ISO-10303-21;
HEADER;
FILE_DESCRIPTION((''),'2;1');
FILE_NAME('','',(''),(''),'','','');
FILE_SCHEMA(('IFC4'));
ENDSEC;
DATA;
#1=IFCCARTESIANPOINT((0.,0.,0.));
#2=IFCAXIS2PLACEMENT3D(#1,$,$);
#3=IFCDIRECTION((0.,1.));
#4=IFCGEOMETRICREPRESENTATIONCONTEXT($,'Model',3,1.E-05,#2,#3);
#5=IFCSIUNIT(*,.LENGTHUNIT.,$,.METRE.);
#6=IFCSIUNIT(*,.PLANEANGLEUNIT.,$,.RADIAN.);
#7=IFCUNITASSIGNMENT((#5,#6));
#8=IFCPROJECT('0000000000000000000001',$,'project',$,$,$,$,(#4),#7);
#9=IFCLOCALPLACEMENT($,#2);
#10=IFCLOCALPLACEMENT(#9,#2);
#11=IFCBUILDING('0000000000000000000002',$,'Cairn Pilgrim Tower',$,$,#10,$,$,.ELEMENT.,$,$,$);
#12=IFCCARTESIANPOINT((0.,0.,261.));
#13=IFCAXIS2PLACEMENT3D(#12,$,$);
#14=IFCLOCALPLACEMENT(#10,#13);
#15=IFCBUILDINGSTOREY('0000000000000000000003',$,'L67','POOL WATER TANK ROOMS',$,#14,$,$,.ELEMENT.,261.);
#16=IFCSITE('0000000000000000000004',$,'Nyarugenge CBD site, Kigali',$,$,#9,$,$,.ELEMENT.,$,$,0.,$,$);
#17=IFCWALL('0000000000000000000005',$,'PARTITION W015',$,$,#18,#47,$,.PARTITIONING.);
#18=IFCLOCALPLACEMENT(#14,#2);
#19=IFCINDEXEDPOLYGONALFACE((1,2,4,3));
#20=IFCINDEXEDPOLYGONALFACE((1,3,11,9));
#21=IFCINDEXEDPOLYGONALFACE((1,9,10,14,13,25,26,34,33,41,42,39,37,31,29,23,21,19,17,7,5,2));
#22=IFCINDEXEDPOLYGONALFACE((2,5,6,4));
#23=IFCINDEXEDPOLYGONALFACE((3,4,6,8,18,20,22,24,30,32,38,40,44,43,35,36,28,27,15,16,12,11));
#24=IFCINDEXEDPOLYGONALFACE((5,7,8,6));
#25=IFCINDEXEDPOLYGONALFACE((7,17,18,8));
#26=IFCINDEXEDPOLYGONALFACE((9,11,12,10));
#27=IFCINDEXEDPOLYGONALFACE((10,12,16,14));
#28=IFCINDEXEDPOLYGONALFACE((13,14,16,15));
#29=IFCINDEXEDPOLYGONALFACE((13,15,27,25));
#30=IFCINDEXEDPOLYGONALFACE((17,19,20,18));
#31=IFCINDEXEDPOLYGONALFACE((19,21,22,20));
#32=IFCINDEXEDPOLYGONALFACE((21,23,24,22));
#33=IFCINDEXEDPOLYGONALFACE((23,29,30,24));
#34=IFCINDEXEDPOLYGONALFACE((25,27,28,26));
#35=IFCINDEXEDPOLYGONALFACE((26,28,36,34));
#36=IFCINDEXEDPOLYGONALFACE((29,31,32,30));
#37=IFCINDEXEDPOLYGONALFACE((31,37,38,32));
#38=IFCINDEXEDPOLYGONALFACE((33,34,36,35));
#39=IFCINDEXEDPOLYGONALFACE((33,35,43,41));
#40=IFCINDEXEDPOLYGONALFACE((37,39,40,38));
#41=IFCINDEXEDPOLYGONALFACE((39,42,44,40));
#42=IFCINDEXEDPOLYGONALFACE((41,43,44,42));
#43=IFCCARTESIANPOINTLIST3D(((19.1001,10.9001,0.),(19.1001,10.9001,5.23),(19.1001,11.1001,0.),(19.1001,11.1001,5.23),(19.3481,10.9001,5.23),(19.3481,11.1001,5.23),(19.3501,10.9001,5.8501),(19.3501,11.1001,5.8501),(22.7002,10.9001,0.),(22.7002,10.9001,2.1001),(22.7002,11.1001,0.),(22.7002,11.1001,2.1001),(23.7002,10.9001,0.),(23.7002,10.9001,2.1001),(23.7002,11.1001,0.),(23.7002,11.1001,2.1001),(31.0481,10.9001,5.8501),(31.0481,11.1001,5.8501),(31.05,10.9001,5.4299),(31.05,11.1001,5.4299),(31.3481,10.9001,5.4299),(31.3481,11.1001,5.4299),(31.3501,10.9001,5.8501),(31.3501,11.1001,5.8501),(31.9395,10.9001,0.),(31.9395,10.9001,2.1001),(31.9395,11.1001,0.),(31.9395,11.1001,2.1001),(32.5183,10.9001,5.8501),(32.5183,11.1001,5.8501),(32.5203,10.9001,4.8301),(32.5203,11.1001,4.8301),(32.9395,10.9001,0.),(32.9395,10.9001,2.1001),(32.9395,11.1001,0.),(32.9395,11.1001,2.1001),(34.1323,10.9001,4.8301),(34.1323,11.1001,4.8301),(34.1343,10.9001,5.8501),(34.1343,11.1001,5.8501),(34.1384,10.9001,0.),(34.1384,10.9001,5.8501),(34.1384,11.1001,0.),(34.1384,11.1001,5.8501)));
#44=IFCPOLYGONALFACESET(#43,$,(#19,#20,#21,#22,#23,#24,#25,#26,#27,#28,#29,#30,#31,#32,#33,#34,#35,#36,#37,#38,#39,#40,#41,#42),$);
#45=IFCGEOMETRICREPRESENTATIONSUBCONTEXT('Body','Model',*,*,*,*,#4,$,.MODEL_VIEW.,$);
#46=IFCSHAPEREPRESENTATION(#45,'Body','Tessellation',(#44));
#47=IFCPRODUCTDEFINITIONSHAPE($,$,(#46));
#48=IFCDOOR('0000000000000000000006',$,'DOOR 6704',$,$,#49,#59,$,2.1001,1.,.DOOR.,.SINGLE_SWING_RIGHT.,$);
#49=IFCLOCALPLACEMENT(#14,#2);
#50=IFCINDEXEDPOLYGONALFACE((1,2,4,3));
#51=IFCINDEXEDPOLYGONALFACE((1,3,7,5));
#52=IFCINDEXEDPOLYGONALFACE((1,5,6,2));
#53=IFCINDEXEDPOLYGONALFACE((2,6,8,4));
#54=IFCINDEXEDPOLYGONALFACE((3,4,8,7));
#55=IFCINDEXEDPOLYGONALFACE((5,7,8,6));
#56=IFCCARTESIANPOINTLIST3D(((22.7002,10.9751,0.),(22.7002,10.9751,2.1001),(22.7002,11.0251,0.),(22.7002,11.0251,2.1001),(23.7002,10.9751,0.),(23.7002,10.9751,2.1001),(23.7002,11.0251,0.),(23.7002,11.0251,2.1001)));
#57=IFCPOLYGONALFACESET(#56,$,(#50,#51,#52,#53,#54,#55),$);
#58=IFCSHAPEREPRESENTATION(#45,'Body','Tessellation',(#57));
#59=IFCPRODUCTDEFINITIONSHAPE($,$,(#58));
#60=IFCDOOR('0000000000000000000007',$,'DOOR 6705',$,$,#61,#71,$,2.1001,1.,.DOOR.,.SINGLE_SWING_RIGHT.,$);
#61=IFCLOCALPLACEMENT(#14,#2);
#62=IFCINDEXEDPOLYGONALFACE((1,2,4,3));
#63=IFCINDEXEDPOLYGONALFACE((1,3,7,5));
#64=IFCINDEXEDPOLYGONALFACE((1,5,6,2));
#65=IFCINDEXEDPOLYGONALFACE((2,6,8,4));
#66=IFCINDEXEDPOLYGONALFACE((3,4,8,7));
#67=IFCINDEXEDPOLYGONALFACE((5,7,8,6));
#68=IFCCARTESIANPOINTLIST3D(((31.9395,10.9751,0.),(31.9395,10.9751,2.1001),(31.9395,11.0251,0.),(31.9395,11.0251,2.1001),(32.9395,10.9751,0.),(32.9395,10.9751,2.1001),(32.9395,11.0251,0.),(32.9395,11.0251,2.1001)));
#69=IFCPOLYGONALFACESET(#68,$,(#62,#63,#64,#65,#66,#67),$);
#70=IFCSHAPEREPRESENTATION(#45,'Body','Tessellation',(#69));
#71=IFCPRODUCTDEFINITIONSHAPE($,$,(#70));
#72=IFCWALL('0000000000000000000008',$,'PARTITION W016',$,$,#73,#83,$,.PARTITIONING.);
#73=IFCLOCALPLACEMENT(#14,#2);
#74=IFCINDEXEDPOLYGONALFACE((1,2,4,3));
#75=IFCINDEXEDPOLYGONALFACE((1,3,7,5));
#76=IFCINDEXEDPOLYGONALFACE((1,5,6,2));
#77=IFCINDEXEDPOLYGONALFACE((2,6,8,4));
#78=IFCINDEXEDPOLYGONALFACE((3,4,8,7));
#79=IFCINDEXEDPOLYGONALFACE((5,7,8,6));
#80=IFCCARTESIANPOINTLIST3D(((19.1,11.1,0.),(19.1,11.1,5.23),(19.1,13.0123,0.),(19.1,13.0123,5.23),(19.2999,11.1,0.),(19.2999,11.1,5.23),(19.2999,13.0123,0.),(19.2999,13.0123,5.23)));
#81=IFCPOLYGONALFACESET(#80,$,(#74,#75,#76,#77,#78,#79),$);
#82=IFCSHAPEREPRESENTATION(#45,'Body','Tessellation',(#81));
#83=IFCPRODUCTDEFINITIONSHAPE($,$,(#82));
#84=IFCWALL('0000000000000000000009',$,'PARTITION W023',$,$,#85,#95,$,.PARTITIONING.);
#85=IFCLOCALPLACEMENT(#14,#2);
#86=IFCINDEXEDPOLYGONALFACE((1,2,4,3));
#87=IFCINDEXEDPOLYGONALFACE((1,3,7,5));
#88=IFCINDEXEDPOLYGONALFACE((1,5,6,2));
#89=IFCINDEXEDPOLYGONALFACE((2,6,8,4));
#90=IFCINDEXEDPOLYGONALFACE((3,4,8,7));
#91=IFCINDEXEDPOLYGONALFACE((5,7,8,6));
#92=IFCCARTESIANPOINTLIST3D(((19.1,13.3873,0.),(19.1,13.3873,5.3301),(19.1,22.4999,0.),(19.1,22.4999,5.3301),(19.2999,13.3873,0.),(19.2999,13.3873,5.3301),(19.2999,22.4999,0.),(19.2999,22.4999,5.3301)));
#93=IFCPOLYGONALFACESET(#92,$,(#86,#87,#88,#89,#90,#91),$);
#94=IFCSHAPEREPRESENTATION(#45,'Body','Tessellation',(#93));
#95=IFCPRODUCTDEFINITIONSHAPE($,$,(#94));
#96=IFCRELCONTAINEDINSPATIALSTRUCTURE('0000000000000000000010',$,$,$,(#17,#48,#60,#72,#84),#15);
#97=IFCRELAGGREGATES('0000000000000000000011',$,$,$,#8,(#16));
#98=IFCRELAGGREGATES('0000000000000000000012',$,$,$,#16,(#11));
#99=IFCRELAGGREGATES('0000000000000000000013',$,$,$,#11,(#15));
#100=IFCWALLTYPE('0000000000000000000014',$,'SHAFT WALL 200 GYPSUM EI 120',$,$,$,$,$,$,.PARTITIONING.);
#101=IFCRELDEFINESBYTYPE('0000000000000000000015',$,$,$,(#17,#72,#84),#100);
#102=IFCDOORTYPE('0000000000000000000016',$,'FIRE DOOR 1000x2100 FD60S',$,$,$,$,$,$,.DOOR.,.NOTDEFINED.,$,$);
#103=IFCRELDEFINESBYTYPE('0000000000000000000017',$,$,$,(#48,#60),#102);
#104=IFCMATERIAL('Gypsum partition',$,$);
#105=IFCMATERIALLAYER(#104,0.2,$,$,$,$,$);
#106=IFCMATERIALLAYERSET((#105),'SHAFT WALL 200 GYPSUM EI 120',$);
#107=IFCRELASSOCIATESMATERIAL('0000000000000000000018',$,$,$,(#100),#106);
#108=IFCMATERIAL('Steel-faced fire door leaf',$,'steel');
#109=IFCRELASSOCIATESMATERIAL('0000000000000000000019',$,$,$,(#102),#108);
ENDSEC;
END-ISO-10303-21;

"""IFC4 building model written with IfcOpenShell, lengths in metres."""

from ifc_helpers import new_model, si_unit, direction, frame, frame_2d, origin, place, context, subcontext, project, spatial, polyline, rectangle, outline, extrude, material, layer, layer_set, type_object, element, fill, save


model = new_model("IFC4")

# Units and contexts
model_context = context("Model", 3, precision=1e-05, world=origin(), true_north=direction((0.0, 1.0)))
body_context = subcontext(model_context, "Body", "Model", "MODEL_VIEW")
ifc_project = project(units=[si_unit("LENGTHUNIT", "METRE"), si_unit("PLANEANGLEUNIT", "RADIAN")], contexts=[model_context])

# Site, building, storey
site_placement = place(None, origin())
site = spatial("IfcSite", under=ifc_project, at=site_placement, Name="Nyarugenge CBD site, Kigali", CompositionType="ELEMENT", RefElevation=0.0)
building_placement = place(site_placement, origin())
building = spatial("IfcBuilding", under=site, at=building_placement, Name="Cairn Pilgrim Tower", CompositionType="ELEMENT")
storey_placement = place(building_placement, frame((0.0, 0.0, 261.0)))
storey = spatial("IfcBuildingStorey", under=building, at=storey_placement, Name="L67", Description="POOL WATER TANK ROOMS", CompositionType="ELEMENT", Elevation=261.0)

# Shared definitions
ifc_material_1 = material(Name="Gypsum partition")

# Wall, openings, doors
ifc_layer_1 = layer(ifc_material_1, 0.2)
ifc_layer_set_1 = layer_set([ifc_layer_1], Name="SHAFT WALL 200 GYPSUM EI 120")
wall_type_1 = type_object("IfcWallType", Name="SHAFT WALL 200 GYPSUM EI 120", PredefinedType="PARTITIONING", material=ifc_layer_set_1)
wall_1_placement = place(storey_placement, frame((19.1001, 11.0, 0.0), z_axis=(0.0, 0.0, 1.0), x_axis=(1.0, 0.0, 0.0)))
wall_1 = element("IfcWall", 1, at=wall_1_placement, inside=storey, type_object=wall_type_1, Name="PARTITION W015", PredefinedType="PARTITIONING", context=body_context, shape_type="SweptSolid", body=[
    extrude(outline(polyline([(0.0, 0.0), (15.0383, 0.0), (15.0383, 5.8501), (15.0342, 5.8501), (15.0322, 4.8301), (13.4202, 4.8301), (13.4182, 5.8501), (12.25, 5.8501), (12.248, 5.4299), (11.95, 5.4299), (11.948, 5.8501), (0.25, 5.8501), (0.248, 5.23), (0.0, 5.23), (0.0, 0.0)])), frame((0.0, 0.1001, 0.0), z_axis=(0.0, -1.0, 0.0), x_axis=(1.0, 0.0, 0.0)), (0.0, 0.0, 1.0), 0.2),
])
opening_1_placement = place(wall_1_placement, frame((3.6001, 0.0, 0.0)))
opening_1 = element("IfcOpeningElement", 2, at=opening_1_placement, cuts=wall_1, PredefinedType="OPENING", context=body_context, shape_type="SweptSolid", body=[
    extrude(rectangle(XDim=1.0, YDim=2.1001, at=frame_2d((0.5, 1.05))), frame((0.0, 0.1099, 0.0), z_axis=(0.0, -1.0, 0.0), x_axis=(1.0, 0.0, 0.0)), (0.0, 0.0, 1.0), 0.22),
])
opening_2_placement = place(wall_1_placement, frame((12.8394, 0.0, 0.0)))
opening_2 = element("IfcOpeningElement", 3, at=opening_2_placement, cuts=wall_1, PredefinedType="OPENING", context=body_context, shape_type="SweptSolid", body=[
    extrude(rectangle(XDim=1.0, YDim=2.1001, at=frame_2d((0.5, 1.05))), frame((0.0, 0.1099, 0.0), z_axis=(0.0, -1.0, 0.0), x_axis=(1.0, 0.0, 0.0)), (0.0, 0.0, 1.0), 0.22),
])
ifc_material_2 = material(Name="Steel-faced fire door leaf", Category="steel")
door_type = type_object("IfcDoorType", Name="FIRE DOOR 1000x2100 FD60S", OperationType="NOTDEFINED", PredefinedType="DOOR", material=ifc_material_2)
door_1_placement = place(opening_1_placement, frame((1.0, 0.0, 0.0), z_axis=(0.0, 0.0, 1.0), x_axis=(-1.0, 0.0, 0.0)))
door_1 = element("IfcDoor", 4, at=door_1_placement, inside=storey, type_object=door_type, Name="DOOR 6704", OperationType="SINGLE_SWING_RIGHT", OverallHeight=2.1001, OverallWidth=1.0, PredefinedType="DOOR", context=body_context, shape_type="SweptSolid", body=[
    extrude(rectangle(XDim=1.0, YDim=2.1001, at=frame_2d((0.5, 1.05))), frame((0.0, 0.0249, 0.0), z_axis=(0.0, -1.0, 0.0), x_axis=(1.0, 0.0, 0.0)), (0.0, 0.0, 1.0), 0.05),
])
fill(opening_1, door_1)
door_2_placement = place(opening_2_placement, frame((1.0, 0.0, 0.0), z_axis=(0.0, 0.0, 1.0), x_axis=(-1.0, 0.0, 0.0)))
door_2 = element("IfcDoor", 5, at=door_2_placement, inside=storey, type_object=door_type, Name="DOOR 6705", OperationType="SINGLE_SWING_RIGHT", OverallHeight=2.1001, OverallWidth=1.0, PredefinedType="DOOR", context=body_context, shape_type="SweptSolid", body=[
    extrude(rectangle(XDim=1.0, YDim=2.1001, at=frame_2d((0.5, 1.05))), frame((0.0, 0.0249, 0.0), z_axis=(0.0, -1.0, 0.0), x_axis=(1.0, 0.0, 0.0)), (0.0, 0.0, 1.0), 0.05),
])
fill(opening_2, door_2)

# Walls
wall_2_placement = place(storey_placement, frame((19.2, 11.1001, 0.0), z_axis=(0.0, 0.0, 1.0), x_axis=(0.0, 1.0, 0.0)))
element("IfcWall", 6, at=wall_2_placement, inside=storey, type_object=wall_type_1, Name="PARTITION W016", PredefinedType="PARTITIONING", context=body_context, shape_type="SweptSolid", body=[
    extrude(rectangle(XDim=1.9124, YDim=0.2, at=frame_2d((0.9561, 0.0))), origin(), (0.0, 0.0, 1.0), 5.23),
])
wall_3_placement = place(storey_placement, frame((19.2, 13.3875, 0.0), z_axis=(0.0, 0.0, 1.0), x_axis=(0.0, 1.0, 0.0)))
element("IfcWall", 7, at=wall_3_placement, inside=storey, type_object=wall_type_1, Name="PARTITION W023", PredefinedType="PARTITIONING", context=body_context, shape_type="SweptSolid", body=[
    extrude(rectangle(XDim=9.1125, YDim=0.2, at=frame_2d((4.5562, 0.0))), origin(), (0.0, 0.0, 1.0), 5.3301),
])

save(model, "model.ifc")
